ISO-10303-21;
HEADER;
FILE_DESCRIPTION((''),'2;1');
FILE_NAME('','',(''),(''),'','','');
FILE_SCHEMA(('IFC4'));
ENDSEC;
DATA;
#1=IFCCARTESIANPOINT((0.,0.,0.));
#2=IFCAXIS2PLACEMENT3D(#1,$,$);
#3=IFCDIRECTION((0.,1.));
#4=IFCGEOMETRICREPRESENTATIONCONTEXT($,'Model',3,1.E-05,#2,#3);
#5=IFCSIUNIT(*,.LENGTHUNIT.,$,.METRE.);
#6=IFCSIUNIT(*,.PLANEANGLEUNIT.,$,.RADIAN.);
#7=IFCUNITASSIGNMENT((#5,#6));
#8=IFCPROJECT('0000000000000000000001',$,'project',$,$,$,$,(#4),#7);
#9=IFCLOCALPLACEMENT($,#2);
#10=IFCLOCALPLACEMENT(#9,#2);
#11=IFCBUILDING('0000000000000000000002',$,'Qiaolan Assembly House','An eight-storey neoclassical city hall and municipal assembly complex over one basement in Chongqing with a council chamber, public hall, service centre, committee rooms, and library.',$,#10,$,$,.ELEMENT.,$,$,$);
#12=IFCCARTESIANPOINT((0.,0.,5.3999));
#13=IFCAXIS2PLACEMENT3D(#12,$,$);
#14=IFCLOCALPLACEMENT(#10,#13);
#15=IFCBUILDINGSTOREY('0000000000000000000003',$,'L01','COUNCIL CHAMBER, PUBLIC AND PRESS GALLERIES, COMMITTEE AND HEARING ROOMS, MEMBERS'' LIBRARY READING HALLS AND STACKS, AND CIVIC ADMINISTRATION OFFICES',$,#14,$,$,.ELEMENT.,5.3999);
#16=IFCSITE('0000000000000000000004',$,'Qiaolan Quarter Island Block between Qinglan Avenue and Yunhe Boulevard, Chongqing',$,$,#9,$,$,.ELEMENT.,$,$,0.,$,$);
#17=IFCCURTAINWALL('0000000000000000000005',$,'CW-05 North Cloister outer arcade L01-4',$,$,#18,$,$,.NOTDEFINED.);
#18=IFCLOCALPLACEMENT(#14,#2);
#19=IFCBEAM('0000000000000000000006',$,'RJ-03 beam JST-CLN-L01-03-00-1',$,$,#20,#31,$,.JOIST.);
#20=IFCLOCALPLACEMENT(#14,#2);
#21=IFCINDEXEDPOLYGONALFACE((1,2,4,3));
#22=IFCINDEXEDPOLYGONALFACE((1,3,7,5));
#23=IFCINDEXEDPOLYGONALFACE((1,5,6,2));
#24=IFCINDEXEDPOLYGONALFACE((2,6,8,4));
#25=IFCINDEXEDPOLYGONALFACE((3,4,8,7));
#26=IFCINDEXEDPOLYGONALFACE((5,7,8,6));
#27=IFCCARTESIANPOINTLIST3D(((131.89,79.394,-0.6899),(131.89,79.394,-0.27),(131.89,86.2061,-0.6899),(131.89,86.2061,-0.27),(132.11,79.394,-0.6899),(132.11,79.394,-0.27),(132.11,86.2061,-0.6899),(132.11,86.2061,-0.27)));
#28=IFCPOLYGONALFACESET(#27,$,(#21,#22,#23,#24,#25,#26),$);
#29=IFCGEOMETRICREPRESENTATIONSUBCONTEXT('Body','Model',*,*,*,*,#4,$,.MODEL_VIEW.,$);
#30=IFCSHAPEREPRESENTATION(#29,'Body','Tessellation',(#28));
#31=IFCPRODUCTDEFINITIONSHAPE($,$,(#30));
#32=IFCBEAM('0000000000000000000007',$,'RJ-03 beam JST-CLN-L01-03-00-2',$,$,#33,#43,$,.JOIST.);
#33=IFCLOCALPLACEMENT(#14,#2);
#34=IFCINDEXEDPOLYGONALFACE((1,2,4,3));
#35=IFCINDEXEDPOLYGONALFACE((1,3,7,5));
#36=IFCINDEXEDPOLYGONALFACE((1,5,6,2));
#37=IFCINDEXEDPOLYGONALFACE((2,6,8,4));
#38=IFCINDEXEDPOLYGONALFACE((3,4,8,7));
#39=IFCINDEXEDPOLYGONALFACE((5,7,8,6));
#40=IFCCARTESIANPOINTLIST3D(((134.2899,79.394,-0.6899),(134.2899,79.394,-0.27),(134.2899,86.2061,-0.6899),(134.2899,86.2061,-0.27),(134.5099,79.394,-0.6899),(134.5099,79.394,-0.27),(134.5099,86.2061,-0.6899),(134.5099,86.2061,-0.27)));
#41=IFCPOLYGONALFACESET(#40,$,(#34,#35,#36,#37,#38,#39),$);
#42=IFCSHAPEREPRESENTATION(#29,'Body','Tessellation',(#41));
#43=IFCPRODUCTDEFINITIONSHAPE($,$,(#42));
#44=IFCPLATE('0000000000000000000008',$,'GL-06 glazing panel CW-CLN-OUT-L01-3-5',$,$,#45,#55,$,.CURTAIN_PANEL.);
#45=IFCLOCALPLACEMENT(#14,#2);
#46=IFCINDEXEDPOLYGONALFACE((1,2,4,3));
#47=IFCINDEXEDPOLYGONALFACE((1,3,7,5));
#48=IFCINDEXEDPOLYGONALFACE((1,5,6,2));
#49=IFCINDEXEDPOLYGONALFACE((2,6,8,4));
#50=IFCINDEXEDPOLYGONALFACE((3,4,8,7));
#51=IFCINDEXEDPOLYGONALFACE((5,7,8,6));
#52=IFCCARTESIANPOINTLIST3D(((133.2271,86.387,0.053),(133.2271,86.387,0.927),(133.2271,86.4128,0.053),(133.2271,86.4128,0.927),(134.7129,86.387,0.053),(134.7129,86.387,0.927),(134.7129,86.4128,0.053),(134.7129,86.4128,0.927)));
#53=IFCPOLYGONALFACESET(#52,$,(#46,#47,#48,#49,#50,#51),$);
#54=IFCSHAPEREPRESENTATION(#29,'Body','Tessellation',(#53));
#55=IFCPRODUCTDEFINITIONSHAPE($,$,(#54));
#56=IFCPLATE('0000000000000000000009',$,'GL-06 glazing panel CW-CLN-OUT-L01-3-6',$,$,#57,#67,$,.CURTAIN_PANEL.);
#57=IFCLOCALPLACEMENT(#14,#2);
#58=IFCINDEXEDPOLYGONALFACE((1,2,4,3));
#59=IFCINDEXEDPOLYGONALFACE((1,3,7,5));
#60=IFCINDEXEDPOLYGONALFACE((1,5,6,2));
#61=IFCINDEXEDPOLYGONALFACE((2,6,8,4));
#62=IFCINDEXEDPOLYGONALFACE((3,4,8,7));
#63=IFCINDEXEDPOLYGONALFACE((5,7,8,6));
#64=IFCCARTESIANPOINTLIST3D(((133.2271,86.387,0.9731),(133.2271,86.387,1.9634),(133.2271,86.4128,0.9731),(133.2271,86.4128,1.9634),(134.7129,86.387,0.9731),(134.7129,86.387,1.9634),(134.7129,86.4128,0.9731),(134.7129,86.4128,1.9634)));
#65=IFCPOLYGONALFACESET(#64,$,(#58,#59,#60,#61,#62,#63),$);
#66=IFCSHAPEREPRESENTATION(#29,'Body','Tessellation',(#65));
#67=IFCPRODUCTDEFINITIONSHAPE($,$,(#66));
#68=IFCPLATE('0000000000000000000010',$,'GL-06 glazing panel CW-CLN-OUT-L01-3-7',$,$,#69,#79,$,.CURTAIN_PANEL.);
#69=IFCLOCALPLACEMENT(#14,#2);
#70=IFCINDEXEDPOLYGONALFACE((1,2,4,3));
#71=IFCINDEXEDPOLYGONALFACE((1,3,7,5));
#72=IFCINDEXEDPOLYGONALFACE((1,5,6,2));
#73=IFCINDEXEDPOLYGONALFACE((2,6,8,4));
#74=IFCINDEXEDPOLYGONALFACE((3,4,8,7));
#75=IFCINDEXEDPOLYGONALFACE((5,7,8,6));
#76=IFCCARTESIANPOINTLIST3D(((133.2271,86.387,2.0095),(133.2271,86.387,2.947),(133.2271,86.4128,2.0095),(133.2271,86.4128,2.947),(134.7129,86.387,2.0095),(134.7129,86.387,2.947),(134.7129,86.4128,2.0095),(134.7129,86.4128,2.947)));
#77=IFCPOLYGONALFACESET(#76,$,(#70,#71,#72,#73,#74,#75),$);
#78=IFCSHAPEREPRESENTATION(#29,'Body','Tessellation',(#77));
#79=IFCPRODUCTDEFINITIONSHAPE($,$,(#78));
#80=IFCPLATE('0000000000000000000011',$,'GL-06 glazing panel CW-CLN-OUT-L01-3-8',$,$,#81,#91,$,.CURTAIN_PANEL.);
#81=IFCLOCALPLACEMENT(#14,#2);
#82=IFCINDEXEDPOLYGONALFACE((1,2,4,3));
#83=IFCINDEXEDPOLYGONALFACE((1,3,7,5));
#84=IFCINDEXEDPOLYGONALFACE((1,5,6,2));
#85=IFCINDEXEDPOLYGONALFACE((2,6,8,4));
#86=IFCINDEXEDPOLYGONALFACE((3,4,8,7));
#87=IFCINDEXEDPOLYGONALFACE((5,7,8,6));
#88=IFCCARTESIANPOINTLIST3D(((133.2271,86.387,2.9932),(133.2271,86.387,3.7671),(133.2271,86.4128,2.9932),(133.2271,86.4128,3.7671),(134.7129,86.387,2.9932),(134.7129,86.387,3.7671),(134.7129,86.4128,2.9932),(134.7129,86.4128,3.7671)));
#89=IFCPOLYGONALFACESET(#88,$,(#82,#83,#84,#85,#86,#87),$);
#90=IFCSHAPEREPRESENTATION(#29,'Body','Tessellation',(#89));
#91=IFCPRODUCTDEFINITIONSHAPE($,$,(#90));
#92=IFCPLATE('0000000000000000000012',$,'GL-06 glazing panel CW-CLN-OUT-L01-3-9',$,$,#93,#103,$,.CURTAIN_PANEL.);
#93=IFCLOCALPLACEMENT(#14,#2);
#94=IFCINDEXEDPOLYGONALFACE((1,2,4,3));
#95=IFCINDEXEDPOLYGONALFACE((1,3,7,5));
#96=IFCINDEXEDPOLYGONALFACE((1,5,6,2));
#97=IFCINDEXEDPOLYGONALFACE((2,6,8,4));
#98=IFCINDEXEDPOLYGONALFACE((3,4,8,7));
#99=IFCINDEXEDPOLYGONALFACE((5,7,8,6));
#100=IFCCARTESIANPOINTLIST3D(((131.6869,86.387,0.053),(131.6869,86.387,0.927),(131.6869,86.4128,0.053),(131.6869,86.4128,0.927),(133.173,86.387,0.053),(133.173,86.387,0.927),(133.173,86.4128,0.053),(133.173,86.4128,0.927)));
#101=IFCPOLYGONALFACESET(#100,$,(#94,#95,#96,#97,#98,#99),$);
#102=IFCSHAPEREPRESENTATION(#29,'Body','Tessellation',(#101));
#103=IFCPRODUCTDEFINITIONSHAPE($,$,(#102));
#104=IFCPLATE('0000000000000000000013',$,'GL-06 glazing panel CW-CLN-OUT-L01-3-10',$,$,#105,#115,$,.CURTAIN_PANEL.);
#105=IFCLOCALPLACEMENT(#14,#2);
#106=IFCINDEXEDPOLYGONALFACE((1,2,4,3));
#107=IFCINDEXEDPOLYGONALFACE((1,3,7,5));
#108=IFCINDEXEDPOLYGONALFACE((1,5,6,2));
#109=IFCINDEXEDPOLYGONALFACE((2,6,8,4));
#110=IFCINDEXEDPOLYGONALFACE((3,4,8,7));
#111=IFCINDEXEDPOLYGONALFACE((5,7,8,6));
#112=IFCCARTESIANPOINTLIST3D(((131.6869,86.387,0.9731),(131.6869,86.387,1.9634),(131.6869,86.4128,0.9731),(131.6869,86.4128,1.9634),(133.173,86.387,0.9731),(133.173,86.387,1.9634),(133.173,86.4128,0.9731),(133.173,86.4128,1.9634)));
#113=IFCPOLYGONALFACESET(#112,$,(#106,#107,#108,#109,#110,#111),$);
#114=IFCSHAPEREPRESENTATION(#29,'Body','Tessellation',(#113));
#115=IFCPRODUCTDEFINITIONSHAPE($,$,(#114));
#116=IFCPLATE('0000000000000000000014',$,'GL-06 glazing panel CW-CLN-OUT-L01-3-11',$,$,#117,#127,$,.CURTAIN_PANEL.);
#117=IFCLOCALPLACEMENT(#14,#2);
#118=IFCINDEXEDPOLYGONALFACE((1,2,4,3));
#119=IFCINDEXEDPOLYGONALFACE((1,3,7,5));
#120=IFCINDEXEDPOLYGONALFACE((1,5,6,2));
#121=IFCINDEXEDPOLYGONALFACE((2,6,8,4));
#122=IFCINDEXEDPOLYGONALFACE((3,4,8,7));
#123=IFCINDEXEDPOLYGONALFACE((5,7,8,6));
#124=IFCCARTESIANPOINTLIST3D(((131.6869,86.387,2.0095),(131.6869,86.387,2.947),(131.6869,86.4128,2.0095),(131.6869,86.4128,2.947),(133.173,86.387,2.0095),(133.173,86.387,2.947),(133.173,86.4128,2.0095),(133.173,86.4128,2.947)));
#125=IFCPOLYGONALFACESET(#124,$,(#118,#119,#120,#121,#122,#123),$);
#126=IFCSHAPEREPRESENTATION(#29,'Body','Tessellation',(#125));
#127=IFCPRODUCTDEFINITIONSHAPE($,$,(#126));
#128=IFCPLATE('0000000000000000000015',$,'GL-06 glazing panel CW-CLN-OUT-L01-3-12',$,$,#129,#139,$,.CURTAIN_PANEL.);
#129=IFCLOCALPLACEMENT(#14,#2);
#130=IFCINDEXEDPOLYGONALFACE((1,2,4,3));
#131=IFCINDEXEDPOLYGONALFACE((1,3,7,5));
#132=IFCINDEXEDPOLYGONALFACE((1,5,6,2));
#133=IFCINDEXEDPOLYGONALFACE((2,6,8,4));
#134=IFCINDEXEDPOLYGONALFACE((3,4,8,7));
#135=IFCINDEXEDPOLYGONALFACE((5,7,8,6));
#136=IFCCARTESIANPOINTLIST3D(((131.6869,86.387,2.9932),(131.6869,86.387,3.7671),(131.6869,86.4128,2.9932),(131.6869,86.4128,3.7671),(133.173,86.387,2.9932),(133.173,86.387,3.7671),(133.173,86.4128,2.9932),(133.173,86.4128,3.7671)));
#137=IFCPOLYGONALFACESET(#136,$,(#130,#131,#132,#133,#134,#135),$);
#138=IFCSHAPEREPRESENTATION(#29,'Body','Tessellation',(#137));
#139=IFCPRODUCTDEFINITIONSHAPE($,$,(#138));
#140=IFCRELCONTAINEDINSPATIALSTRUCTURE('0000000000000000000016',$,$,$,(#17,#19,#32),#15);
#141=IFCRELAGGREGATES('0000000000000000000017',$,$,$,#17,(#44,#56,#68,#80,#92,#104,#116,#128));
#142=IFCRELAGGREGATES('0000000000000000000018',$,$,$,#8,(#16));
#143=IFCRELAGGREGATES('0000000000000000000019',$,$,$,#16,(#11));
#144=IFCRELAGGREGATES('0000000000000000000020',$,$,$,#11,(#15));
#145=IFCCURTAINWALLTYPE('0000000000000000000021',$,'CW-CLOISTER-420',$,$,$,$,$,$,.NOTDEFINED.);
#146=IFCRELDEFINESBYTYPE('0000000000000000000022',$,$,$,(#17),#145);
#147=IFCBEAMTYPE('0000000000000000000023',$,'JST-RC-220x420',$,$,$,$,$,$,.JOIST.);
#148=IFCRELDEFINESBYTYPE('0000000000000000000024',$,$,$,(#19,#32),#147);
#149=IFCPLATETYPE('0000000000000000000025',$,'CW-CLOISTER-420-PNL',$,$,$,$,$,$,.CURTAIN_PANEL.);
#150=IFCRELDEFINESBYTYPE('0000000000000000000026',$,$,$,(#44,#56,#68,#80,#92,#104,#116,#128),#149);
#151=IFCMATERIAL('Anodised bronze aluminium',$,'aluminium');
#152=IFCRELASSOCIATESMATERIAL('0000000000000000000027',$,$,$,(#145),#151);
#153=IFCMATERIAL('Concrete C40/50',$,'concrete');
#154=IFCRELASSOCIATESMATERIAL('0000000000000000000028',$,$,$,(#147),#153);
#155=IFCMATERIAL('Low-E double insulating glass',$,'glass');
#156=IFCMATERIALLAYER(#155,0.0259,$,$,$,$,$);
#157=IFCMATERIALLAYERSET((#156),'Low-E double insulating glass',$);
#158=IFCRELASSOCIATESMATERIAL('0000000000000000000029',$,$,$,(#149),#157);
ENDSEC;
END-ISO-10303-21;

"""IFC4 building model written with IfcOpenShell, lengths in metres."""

from ifc_helpers import new_model, si_unit, direction, frame, frame_2d, origin, origin_2d, place, context, subcontext, project, spatial, rectangle, extrude, material, layer, layer_set, material_profile, profile_set, type_object, element, aggregate, save


model = new_model("IFC4")

# Units and contexts
model_context = context("Model", 3, precision=1e-05, world=origin(), true_north=direction((0.0, 1.0)))
body_context = subcontext(model_context, "Body", "Model", "MODEL_VIEW")
ifc_project = project(units=[si_unit("LENGTHUNIT", "METRE"), si_unit("PLANEANGLEUNIT", "RADIAN")], contexts=[model_context])

# Site, building, storey
site_placement = place(None, origin())
site = spatial("IfcSite", under=ifc_project, at=site_placement, Name="Qiaolan Quarter Island Block between Qinglan Avenue and Yunhe Boulevard, Chongqing", CompositionType="ELEMENT", RefElevation=0.0)
building_placement = place(site_placement, origin())
building = spatial("IfcBuilding", under=site, at=building_placement, Name="Qiaolan Assembly House", Description="An eight-storey neoclassical city hall and municipal assembly complex over one basement in Chongqing with a council chamber, public hall, service centre, committee rooms, and library.", CompositionType="ELEMENT")
storey_placement = place(building_placement, frame((0.0, 0.0, 5.3999)))
storey = spatial("IfcBuildingStorey", under=building, at=storey_placement, Name="L01", Description="COUNCIL CHAMBER, PUBLIC AND PRESS GALLERIES, COMMITTEE AND HEARING ROOMS, MEMBERS' LIBRARY READING HALLS AND STACKS, AND CIVIC ADMINISTRATION OFFICES", CompositionType="ELEMENT", Elevation=5.3999)

# Curtain wall
ifc_material_1 = material(Name="Anodised bronze aluminium", Category="aluminium")
curtain_wall_type = type_object("IfcCurtainWallType", Name="CW-CLOISTER-420", PredefinedType="NOTDEFINED", material=ifc_material_1)
curtain_wall_placement = place(storey_placement, origin())
curtain_wall = element("IfcCurtainWall", 1, at=curtain_wall_placement, inside=storey, type_object=curtain_wall_type, Name="CW-05 North Cloister outer arcade L01-4", PredefinedType="NOTDEFINED")

# Beams
ifc_material_2 = material(Name="Concrete C40/50", Category="concrete")
ifc_material_profile_1 = material_profile(ifc_material_2, rectangle(XDim=0.22, YDim=0.4199, at=origin_2d()), Name="RCB 220x420")
ifc_profile_set_1 = profile_set([ifc_material_profile_1], Name="Concrete C40/50")
beam_type = type_object("IfcBeamType", Name="JST-RC-220x420", PredefinedType="JOIST", material=ifc_profile_set_1)
for number, where, z_axis, x_axis, name in (
    (2, (132.0, 79.394, -0.48), (0.0, 1.0, 0.0), (-1.0, 0.0, 0.0), "RJ-03 beam JST-CLN-L01-03-00-1"),
    (3, (134.3999, 79.394, -0.48), (0.0, 1.0, 0.0), (-1.0, 0.0, 0.0), "RJ-03 beam JST-CLN-L01-03-00-2"),
):
    element("IfcBeam", number, at=place(storey_placement, frame(where, z_axis=z_axis, x_axis=x_axis)), inside=storey, type_object=beam_type, Name=name, PredefinedType="JOIST", context=body_context, shape_type="SweptSolid", body=[
        extrude(rectangle(XDim=0.22, YDim=0.4199, at=origin_2d()), origin(), (0.0, 0.0, 1.0), 6.812),
    ])

# Plates
ifc_material_3 = material(Name="Low-E double insulating glass", Category="glass")
ifc_layer = layer(ifc_material_3, 0.0259)
ifc_layer_set = layer_set([ifc_layer], Name="Low-E double insulating glass")
plate_type = type_object("IfcPlateType", Name="CW-CLOISTER-420-PNL", PredefinedType="CURTAIN_PANEL", material=ifc_layer_set)
plate_1_placement = place(storey_placement, frame((134.7129, 86.3999, 0.053), z_axis=(0.0, 0.0, 1.0), x_axis=(-1.0, 0.0, 0.0)))
plate_1 = element("IfcPlate", 4, at=plate_1_placement, type_object=plate_type, Name="GL-06 glazing panel CW-CLN-OUT-L01-3-5", PredefinedType="CURTAIN_PANEL", context=body_context, shape_type="SweptSolid", body=[
    extrude(rectangle(XDim=1.4858, YDim=0.0259, at=frame_2d((0.7429, 0.0))), origin(), (0.0, 0.0, 1.0), 0.874),
])
plate_2_placement = place(storey_placement, frame((134.7129, 86.3999, 0.9731), z_axis=(0.0, 0.0, 1.0), x_axis=(-1.0, 0.0, 0.0)))
plate_2 = element("IfcPlate", 5, at=plate_2_placement, type_object=plate_type, Name="GL-06 glazing panel CW-CLN-OUT-L01-3-6", PredefinedType="CURTAIN_PANEL", context=body_context, shape_type="SweptSolid", body=[
    extrude(rectangle(XDim=1.4858, YDim=0.0259, at=frame_2d((0.7429, 0.0))), origin(), (0.0, 0.0, 1.0), 0.9902),
])
plate_3_placement = place(storey_placement, frame((134.7129, 86.3999, 2.0095), z_axis=(0.0, 0.0, 1.0), x_axis=(-1.0, 0.0, 0.0)))
plate_3 = element("IfcPlate", 6, at=plate_3_placement, type_object=plate_type, Name="GL-06 glazing panel CW-CLN-OUT-L01-3-7", PredefinedType="CURTAIN_PANEL", context=body_context, shape_type="SweptSolid", body=[
    extrude(rectangle(XDim=1.4858, YDim=0.0259, at=frame_2d((0.7429, 0.0))), origin(), (0.0, 0.0, 1.0), 0.9375),
])
plate_4_placement = place(storey_placement, frame((134.7129, 86.3999, 2.9932), z_axis=(0.0, 0.0, 1.0), x_axis=(-1.0, 0.0, 0.0)))
plate_4 = element("IfcPlate", 7, at=plate_4_placement, type_object=plate_type, Name="GL-06 glazing panel CW-CLN-OUT-L01-3-8", PredefinedType="CURTAIN_PANEL", context=body_context, shape_type="SweptSolid", body=[
    extrude(rectangle(XDim=1.4858, YDim=0.0259, at=frame_2d((0.7429, 0.0))), origin(), (0.0, 0.0, 1.0), 0.7739),
])
plate_5_placement = place(storey_placement, frame((133.1731, 86.3999, 0.053), z_axis=(0.0, 0.0, 1.0), x_axis=(-1.0, 0.0, 0.0)))
plate_5 = element("IfcPlate", 8, at=plate_5_placement, type_object=plate_type, Name="GL-06 glazing panel CW-CLN-OUT-L01-3-9", PredefinedType="CURTAIN_PANEL", context=body_context, shape_type="SweptSolid", body=[
    extrude(rectangle(XDim=1.4861, YDim=0.0259, at=frame_2d((0.7432, 0.0))), origin(), (0.0, 0.0, 1.0), 0.874),
])
plate_6_placement = place(storey_placement, frame((133.1731, 86.3999, 0.9731), z_axis=(0.0, 0.0, 1.0), x_axis=(-1.0, 0.0, 0.0)))
plate_6 = element("IfcPlate", 9, at=plate_6_placement, type_object=plate_type, Name="GL-06 glazing panel CW-CLN-OUT-L01-3-10", PredefinedType="CURTAIN_PANEL", context=body_context, shape_type="SweptSolid", body=[
    extrude(rectangle(XDim=1.4861, YDim=0.0259, at=frame_2d((0.7432, 0.0))), origin(), (0.0, 0.0, 1.0), 0.9902),
])
plate_7_placement = place(storey_placement, frame((133.1731, 86.3999, 2.0095), z_axis=(0.0, 0.0, 1.0), x_axis=(-1.0, 0.0, 0.0)))
plate_7 = element("IfcPlate", 10, at=plate_7_placement, type_object=plate_type, Name="GL-06 glazing panel CW-CLN-OUT-L01-3-11", PredefinedType="CURTAIN_PANEL", context=body_context, shape_type="SweptSolid", body=[
    extrude(rectangle(XDim=1.4861, YDim=0.0259, at=frame_2d((0.7432, 0.0))), origin(), (0.0, 0.0, 1.0), 0.9375),
])
plate_8_placement = place(storey_placement, frame((133.1731, 86.3999, 2.9932), z_axis=(0.0, 0.0, 1.0), x_axis=(-1.0, 0.0, 0.0)))
plate_8 = element("IfcPlate", 11, at=plate_8_placement, type_object=plate_type, Name="GL-06 glazing panel CW-CLN-OUT-L01-3-12", PredefinedType="CURTAIN_PANEL", context=body_context, shape_type="SweptSolid", body=[
    extrude(rectangle(XDim=1.4861, YDim=0.0259, at=frame_2d((0.7432, 0.0))), origin(), (0.0, 0.0, 1.0), 0.7739),
])
aggregate(curtain_wall, [plate_1, plate_2, plate_3, plate_4, plate_5, plate_6, plate_7, plate_8])

save(model, "model.ifc")
